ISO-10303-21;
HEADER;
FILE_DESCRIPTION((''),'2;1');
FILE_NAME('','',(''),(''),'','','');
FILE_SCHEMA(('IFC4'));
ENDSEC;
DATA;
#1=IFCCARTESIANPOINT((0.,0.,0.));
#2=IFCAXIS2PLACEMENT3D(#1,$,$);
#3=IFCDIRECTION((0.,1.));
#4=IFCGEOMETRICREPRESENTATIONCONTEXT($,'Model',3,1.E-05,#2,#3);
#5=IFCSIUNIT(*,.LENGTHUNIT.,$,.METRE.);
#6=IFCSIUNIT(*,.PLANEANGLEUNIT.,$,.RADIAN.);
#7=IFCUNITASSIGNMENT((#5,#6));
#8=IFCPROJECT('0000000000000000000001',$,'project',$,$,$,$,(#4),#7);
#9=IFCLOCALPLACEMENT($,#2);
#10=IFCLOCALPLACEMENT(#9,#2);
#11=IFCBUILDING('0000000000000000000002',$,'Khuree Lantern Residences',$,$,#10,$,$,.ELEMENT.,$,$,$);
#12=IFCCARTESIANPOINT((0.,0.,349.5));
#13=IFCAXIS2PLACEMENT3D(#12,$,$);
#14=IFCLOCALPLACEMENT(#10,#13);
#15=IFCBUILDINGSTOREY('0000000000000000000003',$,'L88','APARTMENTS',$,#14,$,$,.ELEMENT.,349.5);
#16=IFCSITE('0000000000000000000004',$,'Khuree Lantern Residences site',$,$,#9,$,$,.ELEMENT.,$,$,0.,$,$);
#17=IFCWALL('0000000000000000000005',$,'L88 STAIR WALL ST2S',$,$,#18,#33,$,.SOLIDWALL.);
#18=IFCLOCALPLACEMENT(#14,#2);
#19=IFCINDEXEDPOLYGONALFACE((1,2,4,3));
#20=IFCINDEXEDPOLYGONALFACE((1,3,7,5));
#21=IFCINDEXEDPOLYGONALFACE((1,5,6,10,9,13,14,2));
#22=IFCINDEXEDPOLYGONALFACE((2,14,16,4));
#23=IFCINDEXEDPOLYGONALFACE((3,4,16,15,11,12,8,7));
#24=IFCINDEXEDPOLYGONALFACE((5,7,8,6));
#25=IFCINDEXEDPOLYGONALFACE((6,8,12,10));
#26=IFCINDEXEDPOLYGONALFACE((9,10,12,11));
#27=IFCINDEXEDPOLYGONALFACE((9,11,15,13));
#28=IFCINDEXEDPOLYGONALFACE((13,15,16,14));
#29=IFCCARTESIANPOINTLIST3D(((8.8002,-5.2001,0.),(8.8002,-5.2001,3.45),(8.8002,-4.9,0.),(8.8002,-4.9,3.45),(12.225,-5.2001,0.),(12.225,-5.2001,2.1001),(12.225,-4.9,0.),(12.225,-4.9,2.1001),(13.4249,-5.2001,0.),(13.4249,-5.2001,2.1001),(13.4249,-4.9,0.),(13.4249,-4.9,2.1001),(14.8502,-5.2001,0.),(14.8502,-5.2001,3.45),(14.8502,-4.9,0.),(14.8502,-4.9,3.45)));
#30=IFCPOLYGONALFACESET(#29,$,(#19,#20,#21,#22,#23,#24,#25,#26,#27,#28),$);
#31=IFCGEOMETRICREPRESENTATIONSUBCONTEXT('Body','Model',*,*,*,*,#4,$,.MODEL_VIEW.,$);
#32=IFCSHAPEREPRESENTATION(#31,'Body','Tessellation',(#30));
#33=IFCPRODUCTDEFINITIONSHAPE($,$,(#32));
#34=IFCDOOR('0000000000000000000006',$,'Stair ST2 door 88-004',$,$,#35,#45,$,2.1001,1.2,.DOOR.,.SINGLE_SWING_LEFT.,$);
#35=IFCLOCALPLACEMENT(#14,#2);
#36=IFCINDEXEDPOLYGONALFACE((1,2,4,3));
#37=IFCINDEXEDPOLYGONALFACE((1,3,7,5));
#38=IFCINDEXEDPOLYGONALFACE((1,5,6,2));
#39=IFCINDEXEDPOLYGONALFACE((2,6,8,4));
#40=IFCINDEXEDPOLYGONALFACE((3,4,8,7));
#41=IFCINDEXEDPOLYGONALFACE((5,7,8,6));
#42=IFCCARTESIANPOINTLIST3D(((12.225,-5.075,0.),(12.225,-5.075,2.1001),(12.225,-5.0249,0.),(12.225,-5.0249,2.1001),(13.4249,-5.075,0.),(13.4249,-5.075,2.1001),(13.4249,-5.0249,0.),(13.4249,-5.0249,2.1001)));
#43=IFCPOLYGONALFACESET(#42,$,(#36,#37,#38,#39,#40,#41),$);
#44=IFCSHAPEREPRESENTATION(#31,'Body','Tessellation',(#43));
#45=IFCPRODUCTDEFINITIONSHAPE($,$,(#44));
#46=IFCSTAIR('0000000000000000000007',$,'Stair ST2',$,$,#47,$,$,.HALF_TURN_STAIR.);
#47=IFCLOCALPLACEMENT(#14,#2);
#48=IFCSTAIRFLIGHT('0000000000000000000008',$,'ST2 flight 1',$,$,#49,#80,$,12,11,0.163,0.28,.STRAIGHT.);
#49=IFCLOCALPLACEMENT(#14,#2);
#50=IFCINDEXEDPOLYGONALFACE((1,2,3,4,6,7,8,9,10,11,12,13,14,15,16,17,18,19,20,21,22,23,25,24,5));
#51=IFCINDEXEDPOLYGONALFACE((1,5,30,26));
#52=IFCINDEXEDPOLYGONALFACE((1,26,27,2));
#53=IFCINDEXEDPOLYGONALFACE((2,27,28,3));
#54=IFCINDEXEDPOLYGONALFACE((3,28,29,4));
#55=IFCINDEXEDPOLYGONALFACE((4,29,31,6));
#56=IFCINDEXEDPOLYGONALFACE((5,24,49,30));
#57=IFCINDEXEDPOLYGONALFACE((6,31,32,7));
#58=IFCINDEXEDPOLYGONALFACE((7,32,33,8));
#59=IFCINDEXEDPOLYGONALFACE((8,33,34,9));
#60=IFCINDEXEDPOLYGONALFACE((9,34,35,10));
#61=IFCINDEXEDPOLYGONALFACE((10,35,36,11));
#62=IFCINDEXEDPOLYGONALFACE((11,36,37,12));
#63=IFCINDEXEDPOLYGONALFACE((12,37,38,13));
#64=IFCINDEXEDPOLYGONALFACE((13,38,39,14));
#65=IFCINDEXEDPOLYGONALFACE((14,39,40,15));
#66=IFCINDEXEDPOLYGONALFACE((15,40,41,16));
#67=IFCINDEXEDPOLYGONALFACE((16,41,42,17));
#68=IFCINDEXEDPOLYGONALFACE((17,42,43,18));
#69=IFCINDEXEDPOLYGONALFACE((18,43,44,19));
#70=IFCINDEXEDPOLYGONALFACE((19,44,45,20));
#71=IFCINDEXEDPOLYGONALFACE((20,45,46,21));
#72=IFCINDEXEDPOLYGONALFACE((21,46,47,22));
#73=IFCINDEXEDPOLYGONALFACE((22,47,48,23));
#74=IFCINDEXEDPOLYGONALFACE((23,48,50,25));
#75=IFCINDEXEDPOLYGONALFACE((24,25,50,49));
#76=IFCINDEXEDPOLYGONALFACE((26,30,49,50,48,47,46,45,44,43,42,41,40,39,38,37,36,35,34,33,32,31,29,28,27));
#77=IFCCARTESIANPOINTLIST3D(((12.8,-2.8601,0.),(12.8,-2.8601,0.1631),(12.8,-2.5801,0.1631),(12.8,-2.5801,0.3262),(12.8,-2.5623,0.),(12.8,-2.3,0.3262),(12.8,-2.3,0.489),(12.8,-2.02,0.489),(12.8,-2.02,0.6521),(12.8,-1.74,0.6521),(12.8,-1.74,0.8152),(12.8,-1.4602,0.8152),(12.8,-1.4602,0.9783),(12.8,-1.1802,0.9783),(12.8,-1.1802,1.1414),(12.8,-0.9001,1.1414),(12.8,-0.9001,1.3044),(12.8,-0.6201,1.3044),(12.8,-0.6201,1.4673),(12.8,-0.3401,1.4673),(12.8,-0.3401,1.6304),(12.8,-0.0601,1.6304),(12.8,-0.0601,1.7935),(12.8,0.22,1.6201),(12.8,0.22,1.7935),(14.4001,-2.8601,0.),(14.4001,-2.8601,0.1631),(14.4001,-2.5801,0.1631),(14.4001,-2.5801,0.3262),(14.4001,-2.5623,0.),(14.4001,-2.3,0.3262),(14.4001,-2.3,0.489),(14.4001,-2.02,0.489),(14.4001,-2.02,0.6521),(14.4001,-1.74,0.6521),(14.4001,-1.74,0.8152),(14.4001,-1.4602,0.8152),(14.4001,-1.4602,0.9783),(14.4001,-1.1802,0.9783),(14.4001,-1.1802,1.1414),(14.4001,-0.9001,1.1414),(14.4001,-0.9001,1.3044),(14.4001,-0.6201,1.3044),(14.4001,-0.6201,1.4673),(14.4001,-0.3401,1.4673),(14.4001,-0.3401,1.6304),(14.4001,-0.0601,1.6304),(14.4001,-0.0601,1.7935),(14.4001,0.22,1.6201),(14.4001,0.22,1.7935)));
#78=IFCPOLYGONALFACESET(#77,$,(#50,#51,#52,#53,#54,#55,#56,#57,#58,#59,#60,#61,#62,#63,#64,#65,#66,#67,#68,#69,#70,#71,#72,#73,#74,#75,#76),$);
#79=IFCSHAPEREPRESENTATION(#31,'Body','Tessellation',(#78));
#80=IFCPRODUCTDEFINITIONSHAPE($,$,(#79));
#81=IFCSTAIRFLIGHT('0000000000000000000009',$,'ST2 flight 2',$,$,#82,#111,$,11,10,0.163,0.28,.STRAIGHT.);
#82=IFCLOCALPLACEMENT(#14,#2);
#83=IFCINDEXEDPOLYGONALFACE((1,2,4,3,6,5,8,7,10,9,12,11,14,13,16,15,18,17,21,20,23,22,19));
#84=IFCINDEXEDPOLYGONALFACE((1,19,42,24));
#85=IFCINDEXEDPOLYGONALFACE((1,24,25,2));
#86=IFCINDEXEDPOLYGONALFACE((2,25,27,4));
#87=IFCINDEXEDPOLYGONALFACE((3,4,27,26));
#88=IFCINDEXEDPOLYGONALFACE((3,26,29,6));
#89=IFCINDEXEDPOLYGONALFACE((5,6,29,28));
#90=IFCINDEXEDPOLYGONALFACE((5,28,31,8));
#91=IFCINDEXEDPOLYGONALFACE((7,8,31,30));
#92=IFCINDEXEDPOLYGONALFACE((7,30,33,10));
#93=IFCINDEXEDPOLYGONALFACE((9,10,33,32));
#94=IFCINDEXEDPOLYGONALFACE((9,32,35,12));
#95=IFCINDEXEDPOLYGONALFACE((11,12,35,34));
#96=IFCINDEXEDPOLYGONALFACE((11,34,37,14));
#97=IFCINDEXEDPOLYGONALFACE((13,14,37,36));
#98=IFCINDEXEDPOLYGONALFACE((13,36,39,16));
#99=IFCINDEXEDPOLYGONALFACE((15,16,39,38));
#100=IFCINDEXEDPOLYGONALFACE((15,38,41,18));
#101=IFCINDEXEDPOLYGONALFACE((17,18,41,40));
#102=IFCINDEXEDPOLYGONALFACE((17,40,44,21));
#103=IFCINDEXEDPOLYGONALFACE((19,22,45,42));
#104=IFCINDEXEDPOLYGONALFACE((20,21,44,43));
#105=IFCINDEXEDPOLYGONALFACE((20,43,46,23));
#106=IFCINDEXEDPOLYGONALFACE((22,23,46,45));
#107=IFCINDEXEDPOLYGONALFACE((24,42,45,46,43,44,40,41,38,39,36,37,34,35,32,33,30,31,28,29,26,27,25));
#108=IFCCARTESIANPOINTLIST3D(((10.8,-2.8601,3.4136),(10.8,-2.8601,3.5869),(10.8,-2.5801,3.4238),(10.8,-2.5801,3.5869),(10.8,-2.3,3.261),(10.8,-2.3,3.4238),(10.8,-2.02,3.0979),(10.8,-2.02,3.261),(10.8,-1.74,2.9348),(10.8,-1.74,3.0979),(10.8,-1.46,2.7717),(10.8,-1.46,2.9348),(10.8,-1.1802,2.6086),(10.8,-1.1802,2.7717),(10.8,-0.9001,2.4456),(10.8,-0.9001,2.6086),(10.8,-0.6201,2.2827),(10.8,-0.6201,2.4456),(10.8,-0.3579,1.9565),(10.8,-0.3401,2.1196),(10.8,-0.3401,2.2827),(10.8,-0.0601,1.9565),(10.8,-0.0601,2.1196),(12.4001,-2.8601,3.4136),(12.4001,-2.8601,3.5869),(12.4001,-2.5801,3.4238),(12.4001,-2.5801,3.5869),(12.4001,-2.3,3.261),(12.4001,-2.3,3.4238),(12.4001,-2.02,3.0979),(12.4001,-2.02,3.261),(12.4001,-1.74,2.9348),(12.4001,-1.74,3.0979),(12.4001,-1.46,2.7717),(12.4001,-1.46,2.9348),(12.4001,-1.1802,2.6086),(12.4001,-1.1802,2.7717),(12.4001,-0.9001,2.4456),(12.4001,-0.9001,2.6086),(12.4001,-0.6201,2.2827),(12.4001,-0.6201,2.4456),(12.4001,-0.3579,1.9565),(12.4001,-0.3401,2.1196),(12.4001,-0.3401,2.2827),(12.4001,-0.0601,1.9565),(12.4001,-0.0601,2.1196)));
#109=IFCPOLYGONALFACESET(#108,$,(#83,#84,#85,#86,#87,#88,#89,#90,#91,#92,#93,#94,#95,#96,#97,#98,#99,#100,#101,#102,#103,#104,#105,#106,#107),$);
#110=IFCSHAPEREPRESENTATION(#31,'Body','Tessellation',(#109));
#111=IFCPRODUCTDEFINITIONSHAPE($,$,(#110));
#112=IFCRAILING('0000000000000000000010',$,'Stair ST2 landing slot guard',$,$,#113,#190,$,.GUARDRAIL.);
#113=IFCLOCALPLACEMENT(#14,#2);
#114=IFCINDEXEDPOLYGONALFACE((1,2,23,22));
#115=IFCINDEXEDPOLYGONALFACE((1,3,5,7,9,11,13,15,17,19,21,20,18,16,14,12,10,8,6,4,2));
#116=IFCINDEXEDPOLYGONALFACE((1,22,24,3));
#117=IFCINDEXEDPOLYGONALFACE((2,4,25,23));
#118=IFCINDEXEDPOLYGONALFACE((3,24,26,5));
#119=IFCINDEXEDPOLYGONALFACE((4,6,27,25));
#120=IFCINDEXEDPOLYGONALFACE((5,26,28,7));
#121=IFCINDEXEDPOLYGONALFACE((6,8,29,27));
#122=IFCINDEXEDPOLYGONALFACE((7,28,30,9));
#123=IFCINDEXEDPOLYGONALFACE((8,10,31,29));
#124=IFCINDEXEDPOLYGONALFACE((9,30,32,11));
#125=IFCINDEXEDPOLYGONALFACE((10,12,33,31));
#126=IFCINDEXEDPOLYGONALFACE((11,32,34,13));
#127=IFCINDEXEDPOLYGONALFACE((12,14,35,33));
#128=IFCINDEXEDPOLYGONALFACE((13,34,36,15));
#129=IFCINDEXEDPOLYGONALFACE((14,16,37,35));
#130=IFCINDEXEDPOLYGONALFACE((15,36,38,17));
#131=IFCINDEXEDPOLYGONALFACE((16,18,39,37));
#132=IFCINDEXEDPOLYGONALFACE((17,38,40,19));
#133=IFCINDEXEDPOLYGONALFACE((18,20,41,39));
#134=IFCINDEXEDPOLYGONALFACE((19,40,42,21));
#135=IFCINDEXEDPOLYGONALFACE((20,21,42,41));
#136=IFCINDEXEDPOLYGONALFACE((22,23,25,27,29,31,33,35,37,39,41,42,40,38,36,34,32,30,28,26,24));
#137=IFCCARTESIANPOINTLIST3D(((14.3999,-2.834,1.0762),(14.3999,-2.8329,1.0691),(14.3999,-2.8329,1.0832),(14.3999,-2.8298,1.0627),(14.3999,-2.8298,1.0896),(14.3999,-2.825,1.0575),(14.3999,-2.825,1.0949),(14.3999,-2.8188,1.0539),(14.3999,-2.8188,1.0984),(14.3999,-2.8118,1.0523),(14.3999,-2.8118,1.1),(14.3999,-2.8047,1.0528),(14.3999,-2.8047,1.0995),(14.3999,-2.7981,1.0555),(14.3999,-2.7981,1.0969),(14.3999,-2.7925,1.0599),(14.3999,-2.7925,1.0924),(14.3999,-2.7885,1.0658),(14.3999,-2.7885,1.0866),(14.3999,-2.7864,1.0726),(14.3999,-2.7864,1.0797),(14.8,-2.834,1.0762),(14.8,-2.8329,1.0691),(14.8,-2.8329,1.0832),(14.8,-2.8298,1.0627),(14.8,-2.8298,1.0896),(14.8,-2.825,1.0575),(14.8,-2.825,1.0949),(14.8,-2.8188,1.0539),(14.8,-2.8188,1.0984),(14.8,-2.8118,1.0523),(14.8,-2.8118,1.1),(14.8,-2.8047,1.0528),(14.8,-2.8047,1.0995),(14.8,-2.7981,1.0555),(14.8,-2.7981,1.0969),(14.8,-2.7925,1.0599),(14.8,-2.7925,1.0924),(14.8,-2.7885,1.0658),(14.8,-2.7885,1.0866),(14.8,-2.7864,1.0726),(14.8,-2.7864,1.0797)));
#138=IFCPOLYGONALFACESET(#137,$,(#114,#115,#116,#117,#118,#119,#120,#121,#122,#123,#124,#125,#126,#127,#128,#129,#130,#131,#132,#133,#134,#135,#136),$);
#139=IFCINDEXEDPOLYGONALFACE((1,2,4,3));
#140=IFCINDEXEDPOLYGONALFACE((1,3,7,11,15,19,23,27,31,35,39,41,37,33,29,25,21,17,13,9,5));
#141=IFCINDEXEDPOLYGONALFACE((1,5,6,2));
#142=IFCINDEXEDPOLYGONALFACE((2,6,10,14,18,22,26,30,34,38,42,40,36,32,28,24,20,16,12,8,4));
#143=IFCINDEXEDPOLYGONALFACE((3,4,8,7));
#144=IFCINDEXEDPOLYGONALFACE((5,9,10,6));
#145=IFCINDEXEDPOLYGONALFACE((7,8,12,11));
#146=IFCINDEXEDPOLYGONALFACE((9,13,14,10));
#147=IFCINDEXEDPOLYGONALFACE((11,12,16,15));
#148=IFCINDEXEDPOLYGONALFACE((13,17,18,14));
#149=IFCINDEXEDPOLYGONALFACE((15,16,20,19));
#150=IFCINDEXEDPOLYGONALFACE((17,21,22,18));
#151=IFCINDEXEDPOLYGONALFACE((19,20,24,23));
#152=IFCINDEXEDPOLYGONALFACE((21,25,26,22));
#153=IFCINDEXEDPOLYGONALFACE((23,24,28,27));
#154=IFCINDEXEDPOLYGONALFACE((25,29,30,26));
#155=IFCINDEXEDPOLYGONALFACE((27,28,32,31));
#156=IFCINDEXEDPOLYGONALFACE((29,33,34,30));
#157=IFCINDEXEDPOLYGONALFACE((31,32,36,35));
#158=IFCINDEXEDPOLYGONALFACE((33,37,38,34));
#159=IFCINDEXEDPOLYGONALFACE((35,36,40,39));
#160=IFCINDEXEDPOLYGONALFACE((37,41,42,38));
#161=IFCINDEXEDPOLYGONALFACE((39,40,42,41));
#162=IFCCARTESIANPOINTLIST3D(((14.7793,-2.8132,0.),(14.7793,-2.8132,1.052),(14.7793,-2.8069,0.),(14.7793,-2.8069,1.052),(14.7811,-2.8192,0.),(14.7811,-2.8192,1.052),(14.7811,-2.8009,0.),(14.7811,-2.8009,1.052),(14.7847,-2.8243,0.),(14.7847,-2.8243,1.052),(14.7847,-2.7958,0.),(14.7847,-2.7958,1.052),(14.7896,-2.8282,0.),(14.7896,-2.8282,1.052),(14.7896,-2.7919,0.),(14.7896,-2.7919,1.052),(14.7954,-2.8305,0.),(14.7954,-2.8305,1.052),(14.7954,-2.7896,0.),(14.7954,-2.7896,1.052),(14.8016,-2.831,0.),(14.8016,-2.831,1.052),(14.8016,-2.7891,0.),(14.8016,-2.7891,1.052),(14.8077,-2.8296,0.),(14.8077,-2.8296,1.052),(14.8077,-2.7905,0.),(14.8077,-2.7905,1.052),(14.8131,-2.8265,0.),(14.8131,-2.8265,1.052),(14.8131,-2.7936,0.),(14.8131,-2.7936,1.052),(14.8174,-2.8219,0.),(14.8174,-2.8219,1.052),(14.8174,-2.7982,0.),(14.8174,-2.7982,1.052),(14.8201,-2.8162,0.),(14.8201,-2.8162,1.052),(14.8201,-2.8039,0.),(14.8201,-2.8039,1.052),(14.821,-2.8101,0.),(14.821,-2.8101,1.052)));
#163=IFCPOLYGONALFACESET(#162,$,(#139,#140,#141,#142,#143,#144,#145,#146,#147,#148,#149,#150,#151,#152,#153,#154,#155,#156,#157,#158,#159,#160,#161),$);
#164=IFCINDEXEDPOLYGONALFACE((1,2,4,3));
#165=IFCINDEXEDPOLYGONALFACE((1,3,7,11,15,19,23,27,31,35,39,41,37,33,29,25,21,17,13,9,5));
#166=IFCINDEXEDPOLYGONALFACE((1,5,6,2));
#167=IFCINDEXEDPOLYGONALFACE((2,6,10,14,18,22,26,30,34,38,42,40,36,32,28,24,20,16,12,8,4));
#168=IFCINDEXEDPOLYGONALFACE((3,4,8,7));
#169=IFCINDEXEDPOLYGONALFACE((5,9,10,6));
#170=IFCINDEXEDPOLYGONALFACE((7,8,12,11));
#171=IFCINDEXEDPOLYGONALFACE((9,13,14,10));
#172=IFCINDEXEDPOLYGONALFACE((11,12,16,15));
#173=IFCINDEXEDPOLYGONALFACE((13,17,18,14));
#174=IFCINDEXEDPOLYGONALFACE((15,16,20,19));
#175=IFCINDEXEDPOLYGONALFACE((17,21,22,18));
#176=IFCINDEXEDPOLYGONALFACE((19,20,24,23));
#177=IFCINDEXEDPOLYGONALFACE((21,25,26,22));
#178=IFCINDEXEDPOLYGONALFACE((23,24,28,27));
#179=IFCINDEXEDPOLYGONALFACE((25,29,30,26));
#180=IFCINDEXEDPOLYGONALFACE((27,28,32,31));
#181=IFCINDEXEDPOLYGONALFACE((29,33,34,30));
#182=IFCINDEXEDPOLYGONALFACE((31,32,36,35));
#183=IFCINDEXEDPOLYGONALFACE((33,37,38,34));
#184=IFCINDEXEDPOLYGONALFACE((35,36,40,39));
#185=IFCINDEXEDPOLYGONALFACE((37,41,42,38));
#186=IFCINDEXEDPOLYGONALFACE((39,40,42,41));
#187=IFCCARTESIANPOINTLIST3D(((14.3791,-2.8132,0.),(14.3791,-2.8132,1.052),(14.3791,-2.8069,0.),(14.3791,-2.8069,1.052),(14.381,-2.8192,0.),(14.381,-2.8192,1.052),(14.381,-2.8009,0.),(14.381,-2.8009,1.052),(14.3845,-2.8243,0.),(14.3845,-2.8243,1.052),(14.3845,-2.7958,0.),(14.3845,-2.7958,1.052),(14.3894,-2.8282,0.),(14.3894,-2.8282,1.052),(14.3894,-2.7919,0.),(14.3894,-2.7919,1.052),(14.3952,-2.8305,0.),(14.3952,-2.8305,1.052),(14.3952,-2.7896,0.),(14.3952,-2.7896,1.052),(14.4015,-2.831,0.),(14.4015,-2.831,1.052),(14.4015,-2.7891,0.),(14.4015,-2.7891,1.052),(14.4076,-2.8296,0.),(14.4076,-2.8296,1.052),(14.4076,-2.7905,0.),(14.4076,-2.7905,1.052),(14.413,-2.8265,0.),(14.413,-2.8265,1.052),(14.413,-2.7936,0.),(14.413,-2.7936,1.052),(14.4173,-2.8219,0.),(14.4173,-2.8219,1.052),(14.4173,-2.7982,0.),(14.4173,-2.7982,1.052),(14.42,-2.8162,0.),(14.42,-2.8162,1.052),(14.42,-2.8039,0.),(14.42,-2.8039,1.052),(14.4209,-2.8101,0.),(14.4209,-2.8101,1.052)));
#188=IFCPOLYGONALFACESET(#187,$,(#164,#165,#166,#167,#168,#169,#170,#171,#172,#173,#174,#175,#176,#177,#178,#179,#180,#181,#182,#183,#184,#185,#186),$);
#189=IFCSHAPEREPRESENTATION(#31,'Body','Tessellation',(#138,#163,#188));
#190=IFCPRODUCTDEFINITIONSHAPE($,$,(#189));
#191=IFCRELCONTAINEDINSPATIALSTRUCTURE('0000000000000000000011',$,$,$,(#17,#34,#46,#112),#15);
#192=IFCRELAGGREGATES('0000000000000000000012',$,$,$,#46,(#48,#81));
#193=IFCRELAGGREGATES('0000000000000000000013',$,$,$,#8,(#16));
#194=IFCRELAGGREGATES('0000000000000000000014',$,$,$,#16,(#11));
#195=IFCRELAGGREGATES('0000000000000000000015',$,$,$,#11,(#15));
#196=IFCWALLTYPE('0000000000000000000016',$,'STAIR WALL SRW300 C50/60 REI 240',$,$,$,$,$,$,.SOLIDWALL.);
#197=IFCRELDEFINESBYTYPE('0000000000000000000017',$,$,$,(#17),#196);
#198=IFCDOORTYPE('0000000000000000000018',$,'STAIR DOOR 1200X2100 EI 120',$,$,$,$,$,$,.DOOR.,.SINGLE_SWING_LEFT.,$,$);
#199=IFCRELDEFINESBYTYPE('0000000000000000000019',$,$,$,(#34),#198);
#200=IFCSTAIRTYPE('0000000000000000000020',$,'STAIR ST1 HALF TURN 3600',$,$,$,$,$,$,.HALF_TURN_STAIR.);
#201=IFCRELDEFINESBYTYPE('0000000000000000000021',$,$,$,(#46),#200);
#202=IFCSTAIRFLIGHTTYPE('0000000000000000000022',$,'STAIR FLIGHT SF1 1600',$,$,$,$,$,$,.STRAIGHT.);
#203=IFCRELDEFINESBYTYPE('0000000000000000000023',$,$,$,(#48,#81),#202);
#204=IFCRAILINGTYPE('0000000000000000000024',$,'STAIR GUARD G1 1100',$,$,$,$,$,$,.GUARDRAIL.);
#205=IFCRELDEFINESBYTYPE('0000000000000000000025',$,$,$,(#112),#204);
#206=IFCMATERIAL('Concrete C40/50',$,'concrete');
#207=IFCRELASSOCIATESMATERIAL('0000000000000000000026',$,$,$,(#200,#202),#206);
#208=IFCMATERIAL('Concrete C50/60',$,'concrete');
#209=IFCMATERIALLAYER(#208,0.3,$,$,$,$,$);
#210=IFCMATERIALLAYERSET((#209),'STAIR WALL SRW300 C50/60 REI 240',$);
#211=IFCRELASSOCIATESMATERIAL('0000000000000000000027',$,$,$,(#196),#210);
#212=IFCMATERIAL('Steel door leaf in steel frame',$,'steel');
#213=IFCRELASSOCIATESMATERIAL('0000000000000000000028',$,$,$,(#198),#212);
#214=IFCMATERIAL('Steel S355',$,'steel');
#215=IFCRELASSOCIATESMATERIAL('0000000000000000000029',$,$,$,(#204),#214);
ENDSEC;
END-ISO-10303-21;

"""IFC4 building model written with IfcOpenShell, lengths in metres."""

from ifc_helpers import new_model, si_unit, direction, frame, frame_2d, origin, origin_2d, place, context, subcontext, project, spatial, polyline, rectangle, circle, outline, extrude, material, layer, layer_set, type_object, element, fill, aggregate, save


model = new_model("IFC4")

# Units and contexts
model_context = context("Model", 3, precision=1e-05, world=origin(), true_north=direction((0.0, 1.0)))
body_context = subcontext(model_context, "Body", "Model", "MODEL_VIEW")
ifc_project = project(units=[si_unit("LENGTHUNIT", "METRE"), si_unit("PLANEANGLEUNIT", "RADIAN")], contexts=[model_context])

# Site, building, storey
site_placement = place(None, origin())
site = spatial("IfcSite", under=ifc_project, at=site_placement, Name="Khuree Lantern Residences site", CompositionType="ELEMENT", RefElevation=0.0)
building_placement = place(site_placement, origin())
building = spatial("IfcBuilding", under=site, at=building_placement, Name="Khuree Lantern Residences", CompositionType="ELEMENT")
storey_placement = place(building_placement, frame((0.0, 0.0, 349.5)))
storey = spatial("IfcBuildingStorey", under=building, at=storey_placement, Name="L88", Description="APARTMENTS", CompositionType="ELEMENT", Elevation=349.5)

# Shared definitions
ifc_material_1 = material(Name="Concrete C40/50", Category="concrete")
stair_type = type_object("IfcStairType", Name="STAIR ST1 HALF TURN 3600", PredefinedType="HALF_TURN_STAIR", material=ifc_material_1)

# Shared definitions
ifc_material_2 = material(Name="Concrete C50/60", Category="concrete")
ifc_layer_1 = layer(ifc_material_2, 0.3)
ifc_layer_set_1 = layer_set([ifc_layer_1], Name="STAIR WALL SRW300 C50/60 REI 240")
wall_type_1 = type_object("IfcWallType", Name="STAIR WALL SRW300 C50/60 REI 240", PredefinedType="SOLIDWALL", material=ifc_layer_set_1)

# Wall, opening, door
wall_1_placement = place(storey_placement, frame((14.8501, -5.05, 0.0), z_axis=(0.0, 0.0, 1.0), x_axis=(-1.0, 0.0, 0.0)))
wall_1 = element("IfcWall", 1, at=wall_1_placement, inside=storey, type_object=wall_type_1, Name="L88 STAIR WALL ST2S", PredefinedType="SOLIDWALL", context=body_context, shape_type="SweptSolid", body=[
    extrude(rectangle(XDim=6.05, YDim=0.3, at=frame_2d((3.0249, 0.0))), origin(), (0.0, 0.0, 1.0), 3.45),
])
opening_1_placement = place(wall_1_placement, frame((1.425, 0.0, 0.0)))
opening_1 = element("IfcOpeningElement", 2, at=opening_1_placement, cuts=wall_1, PredefinedType="OPENING", context=body_context, shape_type="SweptSolid", body=[
    extrude(rectangle(XDim=1.2, YDim=2.1001, at=frame_2d((0.6001, 1.05))), frame((0.0, 0.1602, 0.0), z_axis=(0.0, -1.0, 0.0), x_axis=(1.0, 0.0, 0.0)), (0.0, 0.0, 1.0), 0.3201),
])
ifc_material_3 = material(Name="Steel door leaf in steel frame", Category="steel")
door_type_1 = type_object("IfcDoorType", Name="STAIR DOOR 1200X2100 EI 120", OperationType="SINGLE_SWING_LEFT", PredefinedType="DOOR", material=ifc_material_3)
door_1_placement = place(opening_1_placement, origin())
door_1 = element("IfcDoor", 3, at=door_1_placement, inside=storey, type_object=door_type_1, Name="Stair ST2 door 88-004", OperationType="SINGLE_SWING_LEFT", OverallHeight=2.1001, OverallWidth=1.2, PredefinedType="DOOR", context=body_context, shape_type="SweptSolid", body=[
    extrude(rectangle(XDim=1.2, YDim=2.1001, at=frame_2d((0.6001, 1.05))), frame((0.0, 0.0249, 0.0), z_axis=(0.0, -1.0, 0.0), x_axis=(1.0, 0.0, 0.0)), (0.0, 0.0, 1.0), 0.05),
])
fill(opening_1, door_1)

# Stair, stair flights
stair_1_placement = place(storey_placement, origin())
stair_1 = element("IfcStair", 4, at=stair_1_placement, inside=storey, type_object=stair_type, Name="Stair ST2", PredefinedType="HALF_TURN_STAIR")
stair_flight_type = type_object("IfcStairFlightType", Name="STAIR FLIGHT SF1 1600", PredefinedType="STRAIGHT", material=ifc_material_1)
stair_flight_1_placement = place(storey_placement, frame((13.6001, -2.8601, 0.0), z_axis=(0.0, 0.0, 1.0), x_axis=(0.0, 1.0, 0.0)))
stair_flight_1 = element("IfcStairFlight", 5, at=stair_flight_1_placement, type_object=stair_flight_type, Name="ST2 flight 1", NumberOfRisers=12, NumberOfTreads=11, PredefinedType="STRAIGHT", RiserHeight=0.163, TreadLength=0.28, context=body_context, shape_type="SweptSolid", body=[
    extrude(outline(polyline([(0.0, 0.0), (0.0, 0.1631), (0.28, 0.1631), (0.28, 0.3262), (0.5601, 0.3262), (0.5601, 0.489), (0.8401, 0.489), (0.8401, 0.6521), (1.1201, 0.6521), (1.1201, 0.8152), (1.3999, 0.8152), (1.3999, 0.9783), (1.6799, 0.9783), (1.6799, 1.1414), (1.96, 1.1414), (1.96, 1.3044), (2.24, 1.3044), (2.24, 1.4673), (2.52, 1.4673), (2.52, 1.6304), (2.8, 1.6304), (2.8, 1.7935), (3.0801, 1.7935), (3.0801, 1.9565), (3.0801, 1.6201), (0.2979, 0.0), (0.0, 0.0)])), frame((0.0, 0.8, 0.0), z_axis=(0.0, -1.0, 0.0), x_axis=(1.0, 0.0, 0.0)), (0.0, 0.0, 1.0), 1.6001),
])
stair_flight_2_placement = place(storey_placement, frame((11.6001, -0.0601, 1.9565), z_axis=(0.0, 0.0, 1.0), x_axis=(0.0, -1.0, 0.0)))
stair_flight_2 = element("IfcStairFlight", 6, at=stair_flight_2_placement, type_object=stair_flight_type, Name="ST2 flight 2", NumberOfRisers=11, NumberOfTreads=10, PredefinedType="STRAIGHT", RiserHeight=0.163, TreadLength=0.28, context=body_context, shape_type="SweptSolid", body=[
    extrude(outline(polyline([(0.0, 0.0), (0.0, 0.1631), (0.28, 0.1631), (0.28, 0.3262), (0.5601, 0.3262), (0.5601, 0.489), (0.8401, 0.489), (0.8401, 0.6521), (1.1201, 0.6521), (1.1201, 0.8152), (1.3999, 0.8152), (1.3999, 0.9783), (1.6799, 0.9783), (1.6799, 1.1414), (1.96, 1.1414), (1.96, 1.3044), (2.24, 1.3044), (2.24, 1.4673), (2.52, 1.4673), (2.52, 1.6304), (2.8, 1.6304), (2.8, 1.7935), (2.8, 1.457), (0.2979, 0.0), (0.0, 0.0)])), frame((0.0, 0.8, 0.0), z_axis=(0.0, -1.0, 0.0), x_axis=(1.0, 0.0, 0.0)), (0.0, 0.0, 1.0), 1.6001),
])
aggregate(stair_1, [stair_flight_1, stair_flight_2])

# Railing
ifc_material_4 = material(Name="Steel S355", Category="steel")
railing_type_1 = type_object("IfcRailingType", Name="STAIR GUARD G1 1100", PredefinedType="GUARDRAIL", material=ifc_material_4)
railing_1_placement = place(storey_placement, frame((14.8, -2.8101, 0.0)))
element("IfcRailing", 7, at=railing_1_placement, inside=storey, type_object=railing_type_1, Name="Stair ST2 landing slot guard", PredefinedType="GUARDRAIL", context=body_context, shape_type="SweptSolid", body=[
    extrude(circle(Radius=0.0239, at=origin_2d()), frame((0.0, 0.0, 1.0762), z_axis=(-1.0, 0.0, 0.0), x_axis=(0.0, -1.0, 0.0)), (0.0, 0.0, 1.0), 0.4001),
    extrude(circle(Radius=0.021, at=origin_2d()), origin(), (0.0, 0.0, 1.0), 1.052),
    extrude(circle(Radius=0.021, at=origin_2d()), frame((-0.4001, 0.0, 0.0)), (0.0, 0.0, 1.0), 1.052),
])

save(model, "model.ifc")
